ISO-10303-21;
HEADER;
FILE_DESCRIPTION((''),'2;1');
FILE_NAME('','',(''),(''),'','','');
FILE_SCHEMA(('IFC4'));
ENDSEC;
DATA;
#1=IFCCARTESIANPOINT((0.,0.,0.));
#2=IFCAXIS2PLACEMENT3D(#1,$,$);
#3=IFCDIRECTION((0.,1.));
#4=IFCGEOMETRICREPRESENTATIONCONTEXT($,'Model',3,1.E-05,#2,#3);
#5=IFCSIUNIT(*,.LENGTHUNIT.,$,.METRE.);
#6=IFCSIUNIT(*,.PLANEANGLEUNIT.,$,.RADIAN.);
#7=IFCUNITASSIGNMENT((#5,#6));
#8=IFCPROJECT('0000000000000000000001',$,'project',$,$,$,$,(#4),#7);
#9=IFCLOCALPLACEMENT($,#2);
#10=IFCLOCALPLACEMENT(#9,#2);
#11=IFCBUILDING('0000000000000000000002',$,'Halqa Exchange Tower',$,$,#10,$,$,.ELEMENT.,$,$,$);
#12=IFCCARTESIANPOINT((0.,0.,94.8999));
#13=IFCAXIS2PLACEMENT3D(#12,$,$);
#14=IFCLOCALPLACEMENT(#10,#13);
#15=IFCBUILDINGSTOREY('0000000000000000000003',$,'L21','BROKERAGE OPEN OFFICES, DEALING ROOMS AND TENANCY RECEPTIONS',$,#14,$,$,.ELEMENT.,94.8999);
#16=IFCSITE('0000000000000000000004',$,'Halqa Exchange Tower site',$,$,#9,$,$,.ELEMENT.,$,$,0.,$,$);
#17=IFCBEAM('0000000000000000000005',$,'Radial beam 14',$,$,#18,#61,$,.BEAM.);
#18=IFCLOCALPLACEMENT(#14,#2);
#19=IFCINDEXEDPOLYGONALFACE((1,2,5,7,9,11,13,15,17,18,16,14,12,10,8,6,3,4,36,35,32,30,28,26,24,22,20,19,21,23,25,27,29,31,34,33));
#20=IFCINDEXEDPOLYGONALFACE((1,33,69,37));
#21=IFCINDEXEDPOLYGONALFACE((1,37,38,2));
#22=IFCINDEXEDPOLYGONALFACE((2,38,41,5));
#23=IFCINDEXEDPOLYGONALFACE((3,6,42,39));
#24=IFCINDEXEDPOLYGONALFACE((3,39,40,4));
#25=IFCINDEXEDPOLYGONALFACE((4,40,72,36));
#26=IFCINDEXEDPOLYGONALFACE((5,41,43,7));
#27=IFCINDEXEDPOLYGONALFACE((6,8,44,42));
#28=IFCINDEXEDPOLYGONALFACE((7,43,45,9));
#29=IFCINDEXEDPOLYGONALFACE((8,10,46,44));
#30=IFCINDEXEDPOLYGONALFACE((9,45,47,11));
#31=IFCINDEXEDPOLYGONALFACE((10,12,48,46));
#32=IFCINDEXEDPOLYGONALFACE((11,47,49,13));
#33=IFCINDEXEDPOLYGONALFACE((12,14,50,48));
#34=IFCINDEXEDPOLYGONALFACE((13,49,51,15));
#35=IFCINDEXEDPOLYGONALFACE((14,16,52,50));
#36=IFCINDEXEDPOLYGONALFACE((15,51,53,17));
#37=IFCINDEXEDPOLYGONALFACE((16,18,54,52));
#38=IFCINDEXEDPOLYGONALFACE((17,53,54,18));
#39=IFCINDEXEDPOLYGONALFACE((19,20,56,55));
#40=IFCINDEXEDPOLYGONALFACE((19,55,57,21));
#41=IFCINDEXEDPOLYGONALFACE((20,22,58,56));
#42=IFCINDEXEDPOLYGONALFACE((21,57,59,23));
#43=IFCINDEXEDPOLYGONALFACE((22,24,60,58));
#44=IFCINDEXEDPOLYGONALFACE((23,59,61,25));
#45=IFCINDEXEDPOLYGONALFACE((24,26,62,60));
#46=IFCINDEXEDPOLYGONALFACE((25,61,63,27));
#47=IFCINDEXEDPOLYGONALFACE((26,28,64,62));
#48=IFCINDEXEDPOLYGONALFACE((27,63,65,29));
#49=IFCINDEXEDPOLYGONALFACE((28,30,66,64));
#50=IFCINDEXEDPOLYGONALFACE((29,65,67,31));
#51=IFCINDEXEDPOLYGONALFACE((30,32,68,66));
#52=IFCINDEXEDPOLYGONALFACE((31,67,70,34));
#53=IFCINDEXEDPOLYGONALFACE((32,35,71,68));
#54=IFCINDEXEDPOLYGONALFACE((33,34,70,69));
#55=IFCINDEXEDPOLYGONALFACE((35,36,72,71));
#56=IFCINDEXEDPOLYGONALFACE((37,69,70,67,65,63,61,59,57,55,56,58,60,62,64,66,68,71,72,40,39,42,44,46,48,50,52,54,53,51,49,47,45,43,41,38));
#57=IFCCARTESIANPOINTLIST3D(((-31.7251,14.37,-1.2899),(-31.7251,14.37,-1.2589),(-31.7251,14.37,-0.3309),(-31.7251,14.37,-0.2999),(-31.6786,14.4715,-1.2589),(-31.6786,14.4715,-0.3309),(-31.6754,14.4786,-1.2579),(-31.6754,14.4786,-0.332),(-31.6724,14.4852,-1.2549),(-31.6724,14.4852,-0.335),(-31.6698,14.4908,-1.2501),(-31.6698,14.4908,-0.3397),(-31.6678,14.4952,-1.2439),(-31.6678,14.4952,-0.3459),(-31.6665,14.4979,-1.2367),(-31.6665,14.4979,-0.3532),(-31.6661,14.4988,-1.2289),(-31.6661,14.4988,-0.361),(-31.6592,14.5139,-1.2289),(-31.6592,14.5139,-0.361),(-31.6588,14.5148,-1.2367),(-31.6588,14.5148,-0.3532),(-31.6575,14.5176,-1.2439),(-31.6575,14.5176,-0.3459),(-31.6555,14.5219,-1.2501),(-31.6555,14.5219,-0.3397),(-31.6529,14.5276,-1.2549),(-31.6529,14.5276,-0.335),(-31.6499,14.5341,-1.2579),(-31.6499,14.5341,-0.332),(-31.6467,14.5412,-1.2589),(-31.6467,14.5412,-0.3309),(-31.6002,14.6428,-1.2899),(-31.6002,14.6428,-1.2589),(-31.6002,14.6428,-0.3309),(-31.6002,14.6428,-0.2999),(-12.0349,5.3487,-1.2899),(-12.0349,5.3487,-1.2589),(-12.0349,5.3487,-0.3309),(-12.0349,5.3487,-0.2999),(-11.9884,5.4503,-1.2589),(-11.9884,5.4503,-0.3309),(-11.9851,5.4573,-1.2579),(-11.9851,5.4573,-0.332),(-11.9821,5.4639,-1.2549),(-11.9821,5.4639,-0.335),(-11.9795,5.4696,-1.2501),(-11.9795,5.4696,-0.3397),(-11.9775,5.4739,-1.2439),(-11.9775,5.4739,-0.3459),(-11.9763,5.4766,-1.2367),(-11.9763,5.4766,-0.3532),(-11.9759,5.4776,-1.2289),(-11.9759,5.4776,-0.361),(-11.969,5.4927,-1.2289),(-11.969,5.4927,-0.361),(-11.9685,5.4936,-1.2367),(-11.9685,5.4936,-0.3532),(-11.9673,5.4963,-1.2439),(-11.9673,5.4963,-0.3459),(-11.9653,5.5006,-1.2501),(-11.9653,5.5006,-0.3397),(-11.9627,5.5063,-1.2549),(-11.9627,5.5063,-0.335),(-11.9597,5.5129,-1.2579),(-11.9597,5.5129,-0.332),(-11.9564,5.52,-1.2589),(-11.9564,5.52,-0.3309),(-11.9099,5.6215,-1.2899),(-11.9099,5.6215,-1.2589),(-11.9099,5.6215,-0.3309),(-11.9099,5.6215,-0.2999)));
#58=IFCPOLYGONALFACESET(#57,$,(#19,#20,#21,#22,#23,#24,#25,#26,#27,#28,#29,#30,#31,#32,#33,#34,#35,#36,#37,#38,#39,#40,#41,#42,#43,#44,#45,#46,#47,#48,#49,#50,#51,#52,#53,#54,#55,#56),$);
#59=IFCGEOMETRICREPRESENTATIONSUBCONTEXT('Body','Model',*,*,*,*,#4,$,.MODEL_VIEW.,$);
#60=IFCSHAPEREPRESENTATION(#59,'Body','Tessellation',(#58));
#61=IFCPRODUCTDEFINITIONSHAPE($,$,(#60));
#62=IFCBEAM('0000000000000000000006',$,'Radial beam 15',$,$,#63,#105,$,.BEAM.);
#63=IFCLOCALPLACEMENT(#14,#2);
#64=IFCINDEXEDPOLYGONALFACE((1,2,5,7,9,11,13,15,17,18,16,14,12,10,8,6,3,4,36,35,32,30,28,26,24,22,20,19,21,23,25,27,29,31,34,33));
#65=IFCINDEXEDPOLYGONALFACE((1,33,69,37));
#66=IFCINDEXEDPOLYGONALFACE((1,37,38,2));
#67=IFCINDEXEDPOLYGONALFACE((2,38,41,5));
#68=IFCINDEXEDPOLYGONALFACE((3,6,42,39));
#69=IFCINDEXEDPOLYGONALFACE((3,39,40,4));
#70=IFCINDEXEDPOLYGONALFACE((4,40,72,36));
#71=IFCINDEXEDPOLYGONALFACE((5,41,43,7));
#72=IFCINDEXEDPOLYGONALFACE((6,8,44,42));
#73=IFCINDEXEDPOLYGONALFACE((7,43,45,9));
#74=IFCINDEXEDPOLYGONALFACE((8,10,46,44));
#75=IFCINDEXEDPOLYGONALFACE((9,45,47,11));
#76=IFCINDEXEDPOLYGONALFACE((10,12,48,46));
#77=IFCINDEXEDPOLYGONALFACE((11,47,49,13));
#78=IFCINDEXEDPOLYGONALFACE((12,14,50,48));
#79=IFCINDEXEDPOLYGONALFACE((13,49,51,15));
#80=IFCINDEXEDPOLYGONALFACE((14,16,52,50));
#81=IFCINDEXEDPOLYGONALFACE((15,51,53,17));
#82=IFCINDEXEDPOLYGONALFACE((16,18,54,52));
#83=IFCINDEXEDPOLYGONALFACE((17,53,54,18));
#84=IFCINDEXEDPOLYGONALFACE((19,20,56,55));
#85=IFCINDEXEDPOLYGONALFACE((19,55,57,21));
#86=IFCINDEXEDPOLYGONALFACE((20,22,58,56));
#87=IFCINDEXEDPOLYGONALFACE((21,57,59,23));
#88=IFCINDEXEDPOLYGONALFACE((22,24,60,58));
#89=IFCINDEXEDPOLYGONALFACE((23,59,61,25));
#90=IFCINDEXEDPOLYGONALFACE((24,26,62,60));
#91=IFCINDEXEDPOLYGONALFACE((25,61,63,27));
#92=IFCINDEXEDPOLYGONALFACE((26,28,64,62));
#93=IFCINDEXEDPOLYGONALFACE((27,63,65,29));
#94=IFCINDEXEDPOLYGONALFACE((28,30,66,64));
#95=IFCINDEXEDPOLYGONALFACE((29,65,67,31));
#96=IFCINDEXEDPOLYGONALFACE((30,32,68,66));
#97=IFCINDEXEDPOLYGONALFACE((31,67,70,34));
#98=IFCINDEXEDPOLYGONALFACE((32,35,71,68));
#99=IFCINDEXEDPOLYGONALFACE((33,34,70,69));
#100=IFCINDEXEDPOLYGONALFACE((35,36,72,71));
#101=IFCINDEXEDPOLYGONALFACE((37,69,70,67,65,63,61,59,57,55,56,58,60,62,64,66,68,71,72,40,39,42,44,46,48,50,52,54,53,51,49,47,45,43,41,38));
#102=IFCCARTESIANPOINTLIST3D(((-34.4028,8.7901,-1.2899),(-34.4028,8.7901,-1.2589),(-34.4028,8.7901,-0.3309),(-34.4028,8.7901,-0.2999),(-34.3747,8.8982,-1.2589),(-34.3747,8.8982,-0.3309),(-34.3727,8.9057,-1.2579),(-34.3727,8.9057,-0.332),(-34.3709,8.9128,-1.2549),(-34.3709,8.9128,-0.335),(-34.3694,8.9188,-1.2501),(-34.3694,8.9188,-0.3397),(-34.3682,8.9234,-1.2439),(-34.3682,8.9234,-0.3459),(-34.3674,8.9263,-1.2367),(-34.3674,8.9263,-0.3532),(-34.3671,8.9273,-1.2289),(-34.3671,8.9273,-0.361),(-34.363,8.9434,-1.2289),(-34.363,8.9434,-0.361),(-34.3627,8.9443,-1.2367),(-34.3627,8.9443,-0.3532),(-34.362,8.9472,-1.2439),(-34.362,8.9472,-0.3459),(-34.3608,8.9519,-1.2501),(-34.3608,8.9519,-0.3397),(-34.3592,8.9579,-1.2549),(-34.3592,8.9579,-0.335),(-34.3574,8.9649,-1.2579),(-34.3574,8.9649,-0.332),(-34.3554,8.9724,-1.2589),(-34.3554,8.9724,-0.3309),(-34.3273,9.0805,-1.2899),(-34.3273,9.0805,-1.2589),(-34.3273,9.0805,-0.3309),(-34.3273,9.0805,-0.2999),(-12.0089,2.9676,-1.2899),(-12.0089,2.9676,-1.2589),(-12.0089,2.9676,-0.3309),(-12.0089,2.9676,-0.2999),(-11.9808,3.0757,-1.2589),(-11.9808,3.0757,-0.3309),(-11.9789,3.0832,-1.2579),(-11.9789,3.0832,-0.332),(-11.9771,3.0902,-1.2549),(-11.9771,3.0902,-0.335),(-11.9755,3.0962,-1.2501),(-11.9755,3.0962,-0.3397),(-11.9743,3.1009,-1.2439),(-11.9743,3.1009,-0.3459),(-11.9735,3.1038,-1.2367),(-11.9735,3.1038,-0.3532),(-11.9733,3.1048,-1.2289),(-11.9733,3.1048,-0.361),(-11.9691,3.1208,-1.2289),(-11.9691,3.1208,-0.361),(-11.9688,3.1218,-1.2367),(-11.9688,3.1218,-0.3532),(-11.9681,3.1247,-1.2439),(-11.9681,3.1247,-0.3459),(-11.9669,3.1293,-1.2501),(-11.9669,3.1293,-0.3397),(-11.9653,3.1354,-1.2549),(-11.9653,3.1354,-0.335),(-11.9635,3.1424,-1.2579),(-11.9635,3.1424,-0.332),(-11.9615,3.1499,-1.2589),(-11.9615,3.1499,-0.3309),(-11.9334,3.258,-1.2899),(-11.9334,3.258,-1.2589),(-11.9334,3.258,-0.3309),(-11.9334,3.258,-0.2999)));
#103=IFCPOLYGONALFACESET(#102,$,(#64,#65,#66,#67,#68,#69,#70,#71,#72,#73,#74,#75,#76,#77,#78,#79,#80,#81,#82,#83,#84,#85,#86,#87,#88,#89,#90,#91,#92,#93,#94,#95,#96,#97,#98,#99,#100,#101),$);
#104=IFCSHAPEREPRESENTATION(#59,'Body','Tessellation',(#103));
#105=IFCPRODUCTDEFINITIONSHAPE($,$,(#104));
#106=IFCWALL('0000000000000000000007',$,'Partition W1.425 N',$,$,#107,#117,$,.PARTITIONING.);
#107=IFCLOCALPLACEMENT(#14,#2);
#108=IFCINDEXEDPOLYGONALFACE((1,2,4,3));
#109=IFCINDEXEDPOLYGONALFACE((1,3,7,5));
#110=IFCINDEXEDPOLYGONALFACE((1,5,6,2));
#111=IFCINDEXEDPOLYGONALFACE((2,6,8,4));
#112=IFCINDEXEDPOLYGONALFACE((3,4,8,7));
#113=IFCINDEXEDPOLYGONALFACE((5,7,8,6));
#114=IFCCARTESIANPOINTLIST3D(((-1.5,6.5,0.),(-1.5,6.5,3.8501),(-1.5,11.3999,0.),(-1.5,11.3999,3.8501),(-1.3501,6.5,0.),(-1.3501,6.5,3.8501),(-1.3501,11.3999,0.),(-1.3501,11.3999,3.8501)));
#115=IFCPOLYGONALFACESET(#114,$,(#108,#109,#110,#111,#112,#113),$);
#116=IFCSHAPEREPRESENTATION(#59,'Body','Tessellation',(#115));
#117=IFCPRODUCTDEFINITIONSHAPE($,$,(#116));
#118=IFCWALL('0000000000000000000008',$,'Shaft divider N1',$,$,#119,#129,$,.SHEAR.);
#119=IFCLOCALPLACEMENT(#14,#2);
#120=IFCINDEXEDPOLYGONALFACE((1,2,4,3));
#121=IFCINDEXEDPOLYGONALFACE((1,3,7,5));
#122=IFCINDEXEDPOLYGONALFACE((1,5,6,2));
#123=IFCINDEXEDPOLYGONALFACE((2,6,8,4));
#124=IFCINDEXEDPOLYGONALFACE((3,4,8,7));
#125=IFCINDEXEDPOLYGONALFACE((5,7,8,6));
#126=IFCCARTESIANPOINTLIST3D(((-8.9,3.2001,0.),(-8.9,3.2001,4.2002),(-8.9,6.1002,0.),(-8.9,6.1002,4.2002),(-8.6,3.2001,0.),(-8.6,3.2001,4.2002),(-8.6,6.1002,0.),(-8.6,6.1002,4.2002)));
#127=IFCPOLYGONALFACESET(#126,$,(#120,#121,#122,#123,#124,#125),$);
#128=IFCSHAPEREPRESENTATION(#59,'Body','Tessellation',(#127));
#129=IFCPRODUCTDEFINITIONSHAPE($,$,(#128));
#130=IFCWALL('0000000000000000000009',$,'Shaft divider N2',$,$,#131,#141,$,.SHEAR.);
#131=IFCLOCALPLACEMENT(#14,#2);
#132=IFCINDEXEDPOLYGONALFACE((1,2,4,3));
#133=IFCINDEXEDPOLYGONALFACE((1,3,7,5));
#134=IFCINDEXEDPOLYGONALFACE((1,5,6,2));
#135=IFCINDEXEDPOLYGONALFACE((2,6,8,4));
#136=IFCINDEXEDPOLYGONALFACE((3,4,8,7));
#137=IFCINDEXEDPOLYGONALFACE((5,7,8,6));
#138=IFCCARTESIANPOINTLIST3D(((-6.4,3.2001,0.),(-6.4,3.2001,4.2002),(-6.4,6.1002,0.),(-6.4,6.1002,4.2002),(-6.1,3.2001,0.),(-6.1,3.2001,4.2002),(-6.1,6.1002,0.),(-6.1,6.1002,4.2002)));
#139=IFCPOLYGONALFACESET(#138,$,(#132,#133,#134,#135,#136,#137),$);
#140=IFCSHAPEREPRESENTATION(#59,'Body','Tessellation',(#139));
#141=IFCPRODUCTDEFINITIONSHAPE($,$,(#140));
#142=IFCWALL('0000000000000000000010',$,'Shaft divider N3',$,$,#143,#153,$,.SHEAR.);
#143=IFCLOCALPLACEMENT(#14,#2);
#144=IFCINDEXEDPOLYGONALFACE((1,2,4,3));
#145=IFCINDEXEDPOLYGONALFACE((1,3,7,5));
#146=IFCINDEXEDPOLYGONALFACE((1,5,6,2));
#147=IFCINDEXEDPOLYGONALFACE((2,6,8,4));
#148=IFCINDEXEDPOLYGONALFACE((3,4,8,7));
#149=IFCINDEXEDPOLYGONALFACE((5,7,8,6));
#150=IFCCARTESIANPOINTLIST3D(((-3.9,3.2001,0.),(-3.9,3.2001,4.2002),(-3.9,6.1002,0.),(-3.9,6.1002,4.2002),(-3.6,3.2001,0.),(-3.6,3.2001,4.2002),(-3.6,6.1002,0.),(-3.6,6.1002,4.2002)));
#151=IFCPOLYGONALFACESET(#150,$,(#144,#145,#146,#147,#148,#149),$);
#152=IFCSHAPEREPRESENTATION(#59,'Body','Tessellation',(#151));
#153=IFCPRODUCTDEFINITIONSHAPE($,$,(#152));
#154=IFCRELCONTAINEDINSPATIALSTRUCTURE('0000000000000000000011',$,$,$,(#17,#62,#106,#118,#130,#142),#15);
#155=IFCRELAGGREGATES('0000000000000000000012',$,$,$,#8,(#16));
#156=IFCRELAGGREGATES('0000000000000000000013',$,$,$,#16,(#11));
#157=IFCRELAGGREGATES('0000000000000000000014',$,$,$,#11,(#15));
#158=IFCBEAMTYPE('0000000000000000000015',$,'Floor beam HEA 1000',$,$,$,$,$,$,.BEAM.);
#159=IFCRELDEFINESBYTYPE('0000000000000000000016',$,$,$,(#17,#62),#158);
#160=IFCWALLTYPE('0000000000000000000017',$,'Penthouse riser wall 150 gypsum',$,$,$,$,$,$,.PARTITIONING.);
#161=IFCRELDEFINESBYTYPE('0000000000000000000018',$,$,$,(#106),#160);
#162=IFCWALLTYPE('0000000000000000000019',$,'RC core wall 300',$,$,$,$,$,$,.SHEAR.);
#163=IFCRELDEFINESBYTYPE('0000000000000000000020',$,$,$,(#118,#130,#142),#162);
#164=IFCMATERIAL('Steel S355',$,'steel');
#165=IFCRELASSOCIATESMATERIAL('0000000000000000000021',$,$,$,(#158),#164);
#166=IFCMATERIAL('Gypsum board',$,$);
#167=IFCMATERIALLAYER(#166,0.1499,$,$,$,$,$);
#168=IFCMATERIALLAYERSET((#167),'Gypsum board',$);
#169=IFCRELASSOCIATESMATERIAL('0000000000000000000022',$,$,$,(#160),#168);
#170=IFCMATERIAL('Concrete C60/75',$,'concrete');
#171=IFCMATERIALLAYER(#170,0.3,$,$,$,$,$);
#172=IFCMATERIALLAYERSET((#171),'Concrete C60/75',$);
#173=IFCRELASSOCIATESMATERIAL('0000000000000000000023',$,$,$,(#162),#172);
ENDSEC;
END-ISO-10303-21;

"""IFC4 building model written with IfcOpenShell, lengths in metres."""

from ifc_helpers import new_model, si_unit, direction, frame, frame_2d, origin, origin_2d, place, context, subcontext, project, spatial, rectangle, i_section, extrude, material, layer, layer_set, material_profile, profile_set, type_object, element, save


model = new_model("IFC4")

# Units and contexts
model_context = context("Model", 3, precision=1e-05, world=origin(), true_north=direction((0.0, 1.0)))
body_context = subcontext(model_context, "Body", "Model", "MODEL_VIEW")
ifc_project = project(units=[si_unit("LENGTHUNIT", "METRE"), si_unit("PLANEANGLEUNIT", "RADIAN")], contexts=[model_context])

# Site, building, storey
site_placement = place(None, origin())
site = spatial("IfcSite", under=ifc_project, at=site_placement, Name="Halqa Exchange Tower site", CompositionType="ELEMENT", RefElevation=0.0)
building_placement = place(site_placement, origin())
building = spatial("IfcBuilding", under=site, at=building_placement, Name="Halqa Exchange Tower", CompositionType="ELEMENT")
storey_placement = place(building_placement, frame((0.0, 0.0, 94.8999)))
storey = spatial("IfcBuildingStorey", under=building, at=storey_placement, Name="L21", Description="BROKERAGE OPEN OFFICES, DEALING ROOMS AND TENANCY RECEPTIONS", CompositionType="ELEMENT", Elevation=94.8999)

# Beams
ifc_material_1 = material(Name="Steel S355", Category="steel")
ifc_material_profile = material_profile(ifc_material_1, i_section(OverallWidth=0.3, OverallDepth=0.99, WebThickness=0.0166, FlangeThickness=0.031, FilletRadius=0.03, at=origin_2d()), Name="HEA 1000")
ifc_profile_set = profile_set([ifc_material_profile], Name="Steel S355")
beam_type = type_object("IfcBeamType", Name="Floor beam HEA 1000", PredefinedType="BEAM", material=ifc_profile_set)
beam_1_placement = place(storey_placement, frame((-11.9724, 5.4851, -0.7949), z_axis=(-0.909125, 0.416524, 0.0), x_axis=(-0.416524, -0.909125, 0.0)))
element("IfcBeam", 1, at=beam_1_placement, inside=storey, type_object=beam_type, Name="Radial beam 14", PredefinedType="BEAM", context=body_context, shape_type="SweptSolid", body=[
    extrude(i_section(OverallWidth=0.3, OverallDepth=0.99, WebThickness=0.0166, FlangeThickness=0.031, FilletRadius=0.03, at=origin_2d()), origin(), (0.0, 0.0, 1.0), 21.6584),
])
beam_2_placement = place(storey_placement, frame((-11.9712, 3.1128, -0.7949), z_axis=(-0.967821, 0.251639, 0.0), x_axis=(-0.251639, -0.967821, 0.0)))
element("IfcBeam", 2, at=beam_2_placement, inside=storey, type_object=beam_type, Name="Radial beam 15", PredefinedType="BEAM", context=body_context, shape_type="SweptSolid", body=[
    extrude(i_section(OverallWidth=0.3, OverallDepth=0.99, WebThickness=0.0166, FlangeThickness=0.031, FilletRadius=0.03, at=origin_2d()), origin(), (0.0, 0.0, 1.0), 23.1384),
])

# Walls
ifc_material_2 = material(Name="Gypsum board")
ifc_layer_1 = layer(ifc_material_2, 0.1499)
ifc_layer_set_1 = layer_set([ifc_layer_1], Name="Gypsum board")
wall_type_1 = type_object("IfcWallType", Name="Penthouse riser wall 150 gypsum", PredefinedType="PARTITIONING", material=ifc_layer_set_1)
wall_1_placement = place(storey_placement, frame((-1.425, 6.5, 0.0), z_axis=(0.0, 0.0, 1.0), x_axis=(0.0, 1.0, 0.0)))
element("IfcWall", 3, at=wall_1_placement, inside=storey, type_object=wall_type_1, Name="Partition W1.425 N", PredefinedType="PARTITIONING", context=body_context, shape_type="SweptSolid", body=[
    extrude(rectangle(XDim=4.8999, YDim=0.1499, at=frame_2d((2.45, 0.0))), origin(), (0.0, 0.0, 1.0), 3.8501),
])
ifc_material_3 = material(Name="Concrete C60/75", Category="concrete")
ifc_layer_2 = layer(ifc_material_3, 0.3)
ifc_layer_set_2 = layer_set([ifc_layer_2], Name="Concrete C60/75")
wall_type_2 = type_object("IfcWallType", Name="RC core wall 300", PredefinedType="SHEAR", material=ifc_layer_set_2)
for number, where, z_axis, x_axis, name in (
    (4, (-8.75, 3.2, 0.0), (0.0, 0.0, 1.0), (0.0, 1.0, 0.0), "Shaft divider N1"),
    (5, (-6.25, 3.2, 0.0), (0.0, 0.0, 1.0), (0.0, 1.0, 0.0), "Shaft divider N2"),
    (6, (-3.75, 3.2, 0.0), (0.0, 0.0, 1.0), (0.0, 1.0, 0.0), "Shaft divider N3"),
):
    element("IfcWall", number, at=place(storey_placement, frame(where, z_axis=z_axis, x_axis=x_axis)), inside=storey, type_object=wall_type_2, Name=name, PredefinedType="SHEAR", context=body_context, shape_type="SweptSolid", body=[
        extrude(rectangle(XDim=2.9001, YDim=0.3, at=frame_2d((1.4502, 0.0))), origin(), (0.0, 0.0, 1.0), 4.2002),
    ])

save(model, "model.ifc")
